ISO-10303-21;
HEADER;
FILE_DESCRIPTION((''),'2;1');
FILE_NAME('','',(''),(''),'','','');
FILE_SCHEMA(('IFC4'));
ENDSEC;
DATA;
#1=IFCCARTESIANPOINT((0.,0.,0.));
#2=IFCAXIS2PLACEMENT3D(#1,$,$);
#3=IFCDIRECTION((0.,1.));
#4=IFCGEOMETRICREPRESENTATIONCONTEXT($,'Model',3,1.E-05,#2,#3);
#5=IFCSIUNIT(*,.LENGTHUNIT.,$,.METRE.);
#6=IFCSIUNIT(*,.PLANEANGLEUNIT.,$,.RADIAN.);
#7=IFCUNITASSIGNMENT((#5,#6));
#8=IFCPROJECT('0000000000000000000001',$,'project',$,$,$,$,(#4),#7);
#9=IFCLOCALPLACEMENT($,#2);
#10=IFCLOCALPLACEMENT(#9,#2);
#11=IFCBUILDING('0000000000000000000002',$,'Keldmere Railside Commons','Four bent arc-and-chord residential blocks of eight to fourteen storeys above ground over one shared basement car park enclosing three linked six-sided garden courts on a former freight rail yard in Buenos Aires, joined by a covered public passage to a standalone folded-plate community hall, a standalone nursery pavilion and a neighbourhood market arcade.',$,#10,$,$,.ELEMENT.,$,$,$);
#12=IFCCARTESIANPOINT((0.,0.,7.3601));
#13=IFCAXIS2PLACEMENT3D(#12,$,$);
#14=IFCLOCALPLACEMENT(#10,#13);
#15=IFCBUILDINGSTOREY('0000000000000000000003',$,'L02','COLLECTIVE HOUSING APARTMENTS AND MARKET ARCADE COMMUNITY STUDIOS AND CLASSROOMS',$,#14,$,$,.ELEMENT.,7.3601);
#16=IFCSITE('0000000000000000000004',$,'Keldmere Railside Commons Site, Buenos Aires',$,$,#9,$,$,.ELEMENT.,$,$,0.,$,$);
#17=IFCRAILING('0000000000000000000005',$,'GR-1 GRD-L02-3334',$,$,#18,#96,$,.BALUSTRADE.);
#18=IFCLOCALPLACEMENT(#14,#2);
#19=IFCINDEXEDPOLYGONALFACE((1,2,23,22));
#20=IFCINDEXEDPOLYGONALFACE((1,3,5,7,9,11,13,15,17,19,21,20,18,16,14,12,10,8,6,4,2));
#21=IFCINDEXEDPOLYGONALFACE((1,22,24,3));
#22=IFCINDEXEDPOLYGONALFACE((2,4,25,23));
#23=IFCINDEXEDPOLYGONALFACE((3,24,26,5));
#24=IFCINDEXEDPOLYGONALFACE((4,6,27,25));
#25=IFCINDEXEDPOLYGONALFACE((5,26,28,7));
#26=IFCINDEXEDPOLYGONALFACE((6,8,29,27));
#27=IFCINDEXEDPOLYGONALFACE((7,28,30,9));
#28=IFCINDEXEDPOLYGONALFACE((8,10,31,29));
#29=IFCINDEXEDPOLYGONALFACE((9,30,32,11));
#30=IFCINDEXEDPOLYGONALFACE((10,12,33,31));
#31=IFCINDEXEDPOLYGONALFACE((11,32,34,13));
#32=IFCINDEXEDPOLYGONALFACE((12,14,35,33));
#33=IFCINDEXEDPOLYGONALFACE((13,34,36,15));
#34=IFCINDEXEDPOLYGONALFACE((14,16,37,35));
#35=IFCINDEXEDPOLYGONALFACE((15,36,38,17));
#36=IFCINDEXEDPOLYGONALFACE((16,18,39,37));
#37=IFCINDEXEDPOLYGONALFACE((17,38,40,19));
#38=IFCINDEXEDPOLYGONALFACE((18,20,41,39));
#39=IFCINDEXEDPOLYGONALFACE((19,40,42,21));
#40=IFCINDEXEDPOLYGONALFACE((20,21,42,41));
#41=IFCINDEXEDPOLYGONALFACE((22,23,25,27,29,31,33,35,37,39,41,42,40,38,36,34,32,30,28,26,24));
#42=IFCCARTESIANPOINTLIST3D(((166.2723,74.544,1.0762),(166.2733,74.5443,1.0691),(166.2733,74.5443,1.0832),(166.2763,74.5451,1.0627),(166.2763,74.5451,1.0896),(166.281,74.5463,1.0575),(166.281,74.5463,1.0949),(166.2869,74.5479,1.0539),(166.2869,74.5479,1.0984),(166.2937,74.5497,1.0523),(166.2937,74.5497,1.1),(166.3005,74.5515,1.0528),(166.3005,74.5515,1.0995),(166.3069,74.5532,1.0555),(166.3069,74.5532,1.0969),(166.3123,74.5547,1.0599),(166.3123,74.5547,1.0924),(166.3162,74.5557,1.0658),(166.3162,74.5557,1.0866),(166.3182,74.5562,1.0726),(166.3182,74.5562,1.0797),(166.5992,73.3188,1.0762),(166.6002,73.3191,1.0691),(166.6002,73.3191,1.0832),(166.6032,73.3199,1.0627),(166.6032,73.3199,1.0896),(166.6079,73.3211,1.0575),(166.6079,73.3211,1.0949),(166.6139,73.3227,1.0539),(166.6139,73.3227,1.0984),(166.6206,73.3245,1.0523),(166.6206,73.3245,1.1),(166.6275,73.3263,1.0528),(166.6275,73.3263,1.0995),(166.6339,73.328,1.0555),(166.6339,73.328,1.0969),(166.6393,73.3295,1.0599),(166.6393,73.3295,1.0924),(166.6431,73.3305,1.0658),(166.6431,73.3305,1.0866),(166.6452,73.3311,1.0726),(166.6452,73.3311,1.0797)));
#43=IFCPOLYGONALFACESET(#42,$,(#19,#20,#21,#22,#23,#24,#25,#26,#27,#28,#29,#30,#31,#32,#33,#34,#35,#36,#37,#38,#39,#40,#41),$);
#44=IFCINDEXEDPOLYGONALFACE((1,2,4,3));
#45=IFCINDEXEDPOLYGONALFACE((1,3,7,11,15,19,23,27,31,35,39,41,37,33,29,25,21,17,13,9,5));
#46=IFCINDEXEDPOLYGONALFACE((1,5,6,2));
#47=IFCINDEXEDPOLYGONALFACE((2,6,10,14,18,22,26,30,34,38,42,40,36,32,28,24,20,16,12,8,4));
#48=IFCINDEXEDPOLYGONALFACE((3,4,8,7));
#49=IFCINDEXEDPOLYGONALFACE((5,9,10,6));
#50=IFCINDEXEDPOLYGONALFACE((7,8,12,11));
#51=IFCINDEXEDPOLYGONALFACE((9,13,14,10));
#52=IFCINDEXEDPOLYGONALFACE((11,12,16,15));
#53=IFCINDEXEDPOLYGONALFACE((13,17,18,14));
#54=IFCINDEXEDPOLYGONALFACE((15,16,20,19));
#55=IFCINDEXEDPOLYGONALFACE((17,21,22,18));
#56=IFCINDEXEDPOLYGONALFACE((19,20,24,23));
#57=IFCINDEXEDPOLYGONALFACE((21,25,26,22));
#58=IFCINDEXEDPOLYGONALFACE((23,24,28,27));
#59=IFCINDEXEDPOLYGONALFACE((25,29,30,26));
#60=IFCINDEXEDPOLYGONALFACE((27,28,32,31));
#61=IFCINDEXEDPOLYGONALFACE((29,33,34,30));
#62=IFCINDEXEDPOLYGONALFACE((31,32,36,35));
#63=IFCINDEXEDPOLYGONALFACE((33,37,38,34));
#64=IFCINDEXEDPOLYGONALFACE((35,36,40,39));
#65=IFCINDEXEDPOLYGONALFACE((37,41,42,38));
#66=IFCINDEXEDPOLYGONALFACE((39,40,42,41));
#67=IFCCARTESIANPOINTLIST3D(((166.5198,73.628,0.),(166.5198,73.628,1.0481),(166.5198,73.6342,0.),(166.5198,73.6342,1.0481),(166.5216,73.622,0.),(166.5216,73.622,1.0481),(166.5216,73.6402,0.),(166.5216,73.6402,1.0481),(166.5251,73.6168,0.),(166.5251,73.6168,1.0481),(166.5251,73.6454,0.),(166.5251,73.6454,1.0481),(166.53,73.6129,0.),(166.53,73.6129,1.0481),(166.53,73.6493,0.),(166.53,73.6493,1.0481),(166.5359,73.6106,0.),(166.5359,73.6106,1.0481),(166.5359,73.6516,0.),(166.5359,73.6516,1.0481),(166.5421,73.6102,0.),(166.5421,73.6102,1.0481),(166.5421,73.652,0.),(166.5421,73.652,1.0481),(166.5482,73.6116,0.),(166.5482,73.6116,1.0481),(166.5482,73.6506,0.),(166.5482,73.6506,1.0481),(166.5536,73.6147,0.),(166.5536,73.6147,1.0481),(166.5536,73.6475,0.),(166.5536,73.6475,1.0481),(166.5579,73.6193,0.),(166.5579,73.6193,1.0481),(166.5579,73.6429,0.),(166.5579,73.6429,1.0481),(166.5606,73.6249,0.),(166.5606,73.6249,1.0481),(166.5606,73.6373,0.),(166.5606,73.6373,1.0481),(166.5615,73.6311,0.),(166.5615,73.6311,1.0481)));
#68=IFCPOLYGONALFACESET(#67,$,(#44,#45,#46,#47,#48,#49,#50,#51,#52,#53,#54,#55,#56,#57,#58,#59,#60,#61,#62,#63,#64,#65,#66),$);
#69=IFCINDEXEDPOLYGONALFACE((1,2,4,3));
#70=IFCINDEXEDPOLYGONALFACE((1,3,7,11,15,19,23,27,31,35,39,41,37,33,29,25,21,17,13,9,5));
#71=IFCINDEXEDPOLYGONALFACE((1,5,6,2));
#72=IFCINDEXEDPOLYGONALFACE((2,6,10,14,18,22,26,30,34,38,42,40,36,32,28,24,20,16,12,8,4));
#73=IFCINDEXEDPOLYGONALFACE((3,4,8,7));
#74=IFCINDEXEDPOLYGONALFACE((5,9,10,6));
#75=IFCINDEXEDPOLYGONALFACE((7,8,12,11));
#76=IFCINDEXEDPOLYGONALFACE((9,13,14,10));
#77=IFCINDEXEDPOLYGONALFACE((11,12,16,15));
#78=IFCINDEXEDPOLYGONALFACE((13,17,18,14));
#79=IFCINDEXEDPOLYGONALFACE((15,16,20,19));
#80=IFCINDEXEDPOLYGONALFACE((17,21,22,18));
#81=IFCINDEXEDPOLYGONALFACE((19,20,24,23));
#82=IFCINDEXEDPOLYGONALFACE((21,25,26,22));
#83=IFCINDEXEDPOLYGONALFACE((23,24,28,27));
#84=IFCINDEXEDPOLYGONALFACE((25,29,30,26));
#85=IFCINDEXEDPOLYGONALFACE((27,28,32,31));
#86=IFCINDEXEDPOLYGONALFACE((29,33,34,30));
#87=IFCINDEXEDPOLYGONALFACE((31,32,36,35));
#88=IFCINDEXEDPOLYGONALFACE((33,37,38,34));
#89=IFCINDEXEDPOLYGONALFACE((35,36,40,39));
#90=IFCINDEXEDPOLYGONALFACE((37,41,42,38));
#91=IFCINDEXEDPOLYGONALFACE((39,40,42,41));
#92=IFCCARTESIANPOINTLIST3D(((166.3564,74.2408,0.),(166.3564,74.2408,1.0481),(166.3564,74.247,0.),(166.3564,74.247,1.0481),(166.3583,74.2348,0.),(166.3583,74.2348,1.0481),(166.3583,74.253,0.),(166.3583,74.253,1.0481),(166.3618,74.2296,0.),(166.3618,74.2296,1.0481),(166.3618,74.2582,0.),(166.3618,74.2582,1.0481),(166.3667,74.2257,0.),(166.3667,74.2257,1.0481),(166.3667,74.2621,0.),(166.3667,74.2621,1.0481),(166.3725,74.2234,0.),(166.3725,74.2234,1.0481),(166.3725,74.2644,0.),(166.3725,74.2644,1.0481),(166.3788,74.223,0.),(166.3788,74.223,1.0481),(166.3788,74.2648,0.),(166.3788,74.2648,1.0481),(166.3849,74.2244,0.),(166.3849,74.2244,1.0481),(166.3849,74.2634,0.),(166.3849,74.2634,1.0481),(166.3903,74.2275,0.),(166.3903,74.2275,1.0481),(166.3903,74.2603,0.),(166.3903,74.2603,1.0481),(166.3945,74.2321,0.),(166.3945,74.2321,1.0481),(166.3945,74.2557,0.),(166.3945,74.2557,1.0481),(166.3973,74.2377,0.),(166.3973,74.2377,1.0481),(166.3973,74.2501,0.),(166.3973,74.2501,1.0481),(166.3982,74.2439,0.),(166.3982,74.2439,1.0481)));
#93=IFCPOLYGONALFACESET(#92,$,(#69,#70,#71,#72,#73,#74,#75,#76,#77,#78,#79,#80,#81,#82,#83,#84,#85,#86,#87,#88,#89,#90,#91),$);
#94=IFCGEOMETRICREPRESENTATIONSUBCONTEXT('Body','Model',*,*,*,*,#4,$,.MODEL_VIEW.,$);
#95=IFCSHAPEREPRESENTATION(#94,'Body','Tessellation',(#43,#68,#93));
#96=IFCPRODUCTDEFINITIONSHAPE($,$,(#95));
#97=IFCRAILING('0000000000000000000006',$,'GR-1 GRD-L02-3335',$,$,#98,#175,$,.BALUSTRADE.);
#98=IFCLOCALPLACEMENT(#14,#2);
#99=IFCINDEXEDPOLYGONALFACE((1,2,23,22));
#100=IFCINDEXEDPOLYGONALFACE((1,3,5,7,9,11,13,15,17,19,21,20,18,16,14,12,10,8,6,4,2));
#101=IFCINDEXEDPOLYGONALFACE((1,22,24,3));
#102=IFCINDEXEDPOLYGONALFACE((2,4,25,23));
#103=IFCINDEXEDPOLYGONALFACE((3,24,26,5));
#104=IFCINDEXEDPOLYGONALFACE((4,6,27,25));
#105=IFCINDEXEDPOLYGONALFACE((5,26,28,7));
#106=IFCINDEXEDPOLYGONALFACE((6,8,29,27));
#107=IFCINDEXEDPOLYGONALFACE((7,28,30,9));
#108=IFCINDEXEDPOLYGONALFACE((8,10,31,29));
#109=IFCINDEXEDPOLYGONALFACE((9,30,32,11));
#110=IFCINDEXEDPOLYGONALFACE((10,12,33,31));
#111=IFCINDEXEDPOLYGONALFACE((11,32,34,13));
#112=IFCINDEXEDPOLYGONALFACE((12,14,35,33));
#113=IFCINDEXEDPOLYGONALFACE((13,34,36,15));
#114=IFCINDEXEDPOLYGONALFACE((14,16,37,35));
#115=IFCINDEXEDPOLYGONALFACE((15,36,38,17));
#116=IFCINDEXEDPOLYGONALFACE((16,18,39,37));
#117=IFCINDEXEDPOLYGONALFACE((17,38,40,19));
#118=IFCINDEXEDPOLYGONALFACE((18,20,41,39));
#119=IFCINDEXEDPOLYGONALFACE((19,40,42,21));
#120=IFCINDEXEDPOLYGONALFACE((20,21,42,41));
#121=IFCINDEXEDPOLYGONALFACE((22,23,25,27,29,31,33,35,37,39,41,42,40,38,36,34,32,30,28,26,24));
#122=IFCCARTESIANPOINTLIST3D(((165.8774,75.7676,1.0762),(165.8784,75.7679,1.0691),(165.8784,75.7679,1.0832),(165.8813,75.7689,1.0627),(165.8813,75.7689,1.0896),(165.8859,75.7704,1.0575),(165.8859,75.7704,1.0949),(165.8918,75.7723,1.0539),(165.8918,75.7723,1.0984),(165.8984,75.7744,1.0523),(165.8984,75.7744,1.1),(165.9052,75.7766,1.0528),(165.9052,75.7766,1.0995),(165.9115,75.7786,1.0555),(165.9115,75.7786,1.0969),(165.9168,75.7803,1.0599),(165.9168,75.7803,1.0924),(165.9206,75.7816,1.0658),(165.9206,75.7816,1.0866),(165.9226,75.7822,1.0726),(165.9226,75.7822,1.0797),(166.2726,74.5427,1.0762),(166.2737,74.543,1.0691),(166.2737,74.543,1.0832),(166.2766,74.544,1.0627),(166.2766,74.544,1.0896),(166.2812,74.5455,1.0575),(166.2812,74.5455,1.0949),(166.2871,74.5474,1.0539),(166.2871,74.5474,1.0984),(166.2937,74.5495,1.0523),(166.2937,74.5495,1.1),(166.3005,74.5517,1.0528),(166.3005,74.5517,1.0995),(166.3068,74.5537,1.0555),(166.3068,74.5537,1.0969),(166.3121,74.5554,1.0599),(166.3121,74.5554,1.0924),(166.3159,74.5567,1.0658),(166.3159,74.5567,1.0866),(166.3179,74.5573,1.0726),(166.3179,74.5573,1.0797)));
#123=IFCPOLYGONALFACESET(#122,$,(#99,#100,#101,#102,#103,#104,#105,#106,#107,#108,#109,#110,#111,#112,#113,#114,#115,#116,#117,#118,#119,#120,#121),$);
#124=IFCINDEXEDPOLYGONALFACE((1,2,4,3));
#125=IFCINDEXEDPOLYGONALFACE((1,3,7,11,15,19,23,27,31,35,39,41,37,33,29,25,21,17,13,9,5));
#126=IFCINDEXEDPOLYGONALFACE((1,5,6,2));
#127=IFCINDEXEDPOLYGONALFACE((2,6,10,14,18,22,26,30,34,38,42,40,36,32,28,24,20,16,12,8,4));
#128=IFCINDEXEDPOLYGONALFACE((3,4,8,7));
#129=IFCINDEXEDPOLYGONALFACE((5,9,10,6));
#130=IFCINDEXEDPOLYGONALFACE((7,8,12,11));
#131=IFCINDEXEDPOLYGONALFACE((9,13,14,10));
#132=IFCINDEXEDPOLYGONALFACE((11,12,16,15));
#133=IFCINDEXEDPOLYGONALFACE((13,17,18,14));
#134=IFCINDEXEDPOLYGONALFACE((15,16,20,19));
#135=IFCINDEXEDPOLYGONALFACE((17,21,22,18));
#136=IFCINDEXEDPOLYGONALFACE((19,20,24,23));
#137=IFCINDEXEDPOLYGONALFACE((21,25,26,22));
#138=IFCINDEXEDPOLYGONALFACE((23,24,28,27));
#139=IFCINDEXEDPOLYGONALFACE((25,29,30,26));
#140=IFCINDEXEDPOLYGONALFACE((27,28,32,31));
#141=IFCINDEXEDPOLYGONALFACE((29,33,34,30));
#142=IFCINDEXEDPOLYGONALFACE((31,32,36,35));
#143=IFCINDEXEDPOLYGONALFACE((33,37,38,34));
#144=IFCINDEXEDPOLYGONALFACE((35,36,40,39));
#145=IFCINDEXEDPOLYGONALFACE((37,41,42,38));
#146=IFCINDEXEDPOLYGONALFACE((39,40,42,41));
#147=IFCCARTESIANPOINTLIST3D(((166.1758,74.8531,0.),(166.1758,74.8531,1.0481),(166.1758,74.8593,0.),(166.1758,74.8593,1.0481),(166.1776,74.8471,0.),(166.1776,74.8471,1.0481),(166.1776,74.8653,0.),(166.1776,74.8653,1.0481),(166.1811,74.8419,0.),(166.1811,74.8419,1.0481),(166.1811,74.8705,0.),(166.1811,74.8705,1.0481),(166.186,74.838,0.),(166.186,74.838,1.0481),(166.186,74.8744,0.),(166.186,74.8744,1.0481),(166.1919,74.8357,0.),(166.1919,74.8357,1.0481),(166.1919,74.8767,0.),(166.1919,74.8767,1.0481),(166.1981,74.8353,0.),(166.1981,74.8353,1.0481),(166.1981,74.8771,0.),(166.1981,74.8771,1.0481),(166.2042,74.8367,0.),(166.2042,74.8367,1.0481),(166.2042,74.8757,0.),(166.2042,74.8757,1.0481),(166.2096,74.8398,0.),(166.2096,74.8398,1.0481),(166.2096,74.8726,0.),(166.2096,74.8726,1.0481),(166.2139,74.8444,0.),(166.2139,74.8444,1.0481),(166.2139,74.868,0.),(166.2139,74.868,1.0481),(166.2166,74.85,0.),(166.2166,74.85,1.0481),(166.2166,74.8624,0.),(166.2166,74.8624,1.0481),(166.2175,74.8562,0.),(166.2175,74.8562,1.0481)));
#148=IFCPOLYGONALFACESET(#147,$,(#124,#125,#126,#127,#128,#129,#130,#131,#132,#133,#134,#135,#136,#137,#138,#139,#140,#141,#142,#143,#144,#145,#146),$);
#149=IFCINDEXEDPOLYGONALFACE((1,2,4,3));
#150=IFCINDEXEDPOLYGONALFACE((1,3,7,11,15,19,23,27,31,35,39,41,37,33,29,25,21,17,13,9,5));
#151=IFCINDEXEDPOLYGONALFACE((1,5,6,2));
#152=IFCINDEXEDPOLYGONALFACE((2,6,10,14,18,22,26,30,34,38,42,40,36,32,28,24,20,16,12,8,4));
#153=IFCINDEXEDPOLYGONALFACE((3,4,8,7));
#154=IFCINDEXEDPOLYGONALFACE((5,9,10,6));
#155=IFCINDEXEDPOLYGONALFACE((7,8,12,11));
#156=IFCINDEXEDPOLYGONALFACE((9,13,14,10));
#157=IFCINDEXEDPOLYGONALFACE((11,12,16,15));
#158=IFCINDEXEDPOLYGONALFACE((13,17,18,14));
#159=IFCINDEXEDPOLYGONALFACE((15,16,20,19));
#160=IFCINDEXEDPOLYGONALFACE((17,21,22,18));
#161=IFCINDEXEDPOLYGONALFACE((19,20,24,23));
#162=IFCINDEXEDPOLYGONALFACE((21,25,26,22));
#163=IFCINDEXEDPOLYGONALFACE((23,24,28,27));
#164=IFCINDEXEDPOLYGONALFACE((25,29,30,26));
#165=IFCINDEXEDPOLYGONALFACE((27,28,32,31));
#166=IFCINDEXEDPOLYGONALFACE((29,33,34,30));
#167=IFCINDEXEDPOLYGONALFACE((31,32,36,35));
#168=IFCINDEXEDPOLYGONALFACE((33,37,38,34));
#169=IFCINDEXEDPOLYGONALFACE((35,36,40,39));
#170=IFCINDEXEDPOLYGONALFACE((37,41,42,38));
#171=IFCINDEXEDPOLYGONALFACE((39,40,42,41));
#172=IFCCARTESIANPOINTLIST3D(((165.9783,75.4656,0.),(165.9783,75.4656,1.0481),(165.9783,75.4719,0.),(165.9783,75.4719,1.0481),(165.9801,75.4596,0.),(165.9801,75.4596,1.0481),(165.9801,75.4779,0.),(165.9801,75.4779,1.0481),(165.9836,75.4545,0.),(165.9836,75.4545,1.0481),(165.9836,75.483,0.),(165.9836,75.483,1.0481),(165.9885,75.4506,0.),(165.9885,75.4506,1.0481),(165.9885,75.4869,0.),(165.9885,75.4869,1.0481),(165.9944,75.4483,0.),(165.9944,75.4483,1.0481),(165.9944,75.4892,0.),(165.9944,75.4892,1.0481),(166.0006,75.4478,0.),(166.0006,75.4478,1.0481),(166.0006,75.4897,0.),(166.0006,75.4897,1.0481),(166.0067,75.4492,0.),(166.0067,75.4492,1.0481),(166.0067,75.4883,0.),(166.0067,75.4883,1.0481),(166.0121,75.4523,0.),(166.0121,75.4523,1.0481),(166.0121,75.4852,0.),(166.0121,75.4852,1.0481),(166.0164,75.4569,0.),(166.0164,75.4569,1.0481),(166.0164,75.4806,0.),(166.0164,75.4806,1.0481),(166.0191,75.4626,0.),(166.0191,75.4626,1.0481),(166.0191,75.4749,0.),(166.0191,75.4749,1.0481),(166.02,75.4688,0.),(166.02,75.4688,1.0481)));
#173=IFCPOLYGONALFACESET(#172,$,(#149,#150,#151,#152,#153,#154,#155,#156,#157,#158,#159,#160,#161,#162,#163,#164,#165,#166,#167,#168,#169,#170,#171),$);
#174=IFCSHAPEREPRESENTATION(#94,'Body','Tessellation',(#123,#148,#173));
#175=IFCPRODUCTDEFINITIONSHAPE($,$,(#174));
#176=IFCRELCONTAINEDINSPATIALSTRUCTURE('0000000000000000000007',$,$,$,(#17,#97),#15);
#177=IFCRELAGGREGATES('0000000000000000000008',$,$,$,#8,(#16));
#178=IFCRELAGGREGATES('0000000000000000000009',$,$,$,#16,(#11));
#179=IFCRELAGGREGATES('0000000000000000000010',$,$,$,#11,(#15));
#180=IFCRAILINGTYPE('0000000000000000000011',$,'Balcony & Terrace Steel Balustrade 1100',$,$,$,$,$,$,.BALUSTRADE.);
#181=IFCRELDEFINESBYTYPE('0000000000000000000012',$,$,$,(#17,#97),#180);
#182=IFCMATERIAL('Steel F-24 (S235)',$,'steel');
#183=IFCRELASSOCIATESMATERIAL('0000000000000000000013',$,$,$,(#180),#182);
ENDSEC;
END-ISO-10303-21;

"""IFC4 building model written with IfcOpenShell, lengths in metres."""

from ifc_helpers import new_model, si_unit, direction, frame, origin, origin_2d, place, context, subcontext, project, spatial, circle, extrude, material, type_object, element, save


model = new_model("IFC4")

# Units and contexts
model_context = context("Model", 3, precision=1e-05, world=origin(), true_north=direction((0.0, 1.0)))
body_context = subcontext(model_context, "Body", "Model", "MODEL_VIEW")
ifc_project = project(units=[si_unit("LENGTHUNIT", "METRE"), si_unit("PLANEANGLEUNIT", "RADIAN")], contexts=[model_context])

# Site, building, storey
site_placement = place(None, origin())
site = spatial("IfcSite", under=ifc_project, at=site_placement, Name="Keldmere Railside Commons Site, Buenos Aires", CompositionType="ELEMENT", RefElevation=0.0)
building_placement = place(site_placement, origin())
building = spatial("IfcBuilding", under=site, at=building_placement, Name="Keldmere Railside Commons", Description="Four bent arc-and-chord residential blocks of eight to fourteen storeys above ground over one shared basement car park enclosing three linked six-sided garden courts on a former freight rail yard in Buenos Aires, joined by a covered public passage to a standalone folded-plate community hall, a standalone nursery pavilion and a neighbourhood market arcade.", CompositionType="ELEMENT")
storey_placement = place(building_placement, frame((0.0, 0.0, 7.3601)))
storey = spatial("IfcBuildingStorey", under=building, at=storey_placement, Name="L02", Description="COLLECTIVE HOUSING APARTMENTS AND MARKET ARCADE COMMUNITY STUDIOS AND CLASSROOMS", CompositionType="ELEMENT", Elevation=7.3601)

# Railings
ifc_material_1 = material(Name="Steel F-24 (S235)", Category="steel")
railing_type = type_object("IfcRailingType", Name="Balcony & Terrace Steel Balustrade 1100", PredefinedType="BALUSTRADE", material=ifc_material_1)
railing_1_placement = place(storey_placement, frame((166.6223, 73.325, 0.0)))
element("IfcRailing", 1, at=railing_1_placement, inside=storey, type_object=railing_type, Name="GR-1 GRD-L02-3334", PredefinedType="BALUSTRADE", context=body_context, shape_type="SweptSolid", body=[
    extrude(circle(Radius=0.0239, at=origin_2d()), frame((0.0, 0.0, 1.0762), z_axis=(-0.257818, 0.966193, 0.0), x_axis=(-0.966193, -0.257818, 0.0)), (0.0, 0.0, 1.0), 1.2681),
    extrude(circle(Radius=0.021, at=origin_2d()), frame((-0.0818, 0.3062, 0.0)), (0.0, 0.0, 1.0), 1.0481),
    extrude(circle(Radius=0.021, at=origin_2d()), frame((-0.2451, 0.9189, 0.0)), (0.0, 0.0, 1.0), 1.0481),
])
railing_2_placement = place(storey_placement, frame((166.2954, 74.55, 0.0)))
element("IfcRailing", 2, at=railing_2_placement, inside=storey, type_object=railing_type, Name="GR-1 GRD-L02-3335", PredefinedType="BALUSTRADE", context=body_context, shape_type="SweptSolid", body=[
    extrude(circle(Radius=0.0239, at=origin_2d()), frame((0.0, 0.0, 1.0762), z_axis=(-0.307108, 0.951675, 0.0), x_axis=(-0.951675, -0.307108, 0.0)), (0.0, 0.0, 1.0), 1.2871),
    extrude(circle(Radius=0.021, at=origin_2d()), frame((-0.0989, 0.3062, 0.0)), (0.0, 0.0, 1.0), 1.0481),
    extrude(circle(Radius=0.021, at=origin_2d()), frame((-0.2964, 0.9187, 0.0)), (0.0, 0.0, 1.0), 1.0481),
])

save(model, "model.ifc")
